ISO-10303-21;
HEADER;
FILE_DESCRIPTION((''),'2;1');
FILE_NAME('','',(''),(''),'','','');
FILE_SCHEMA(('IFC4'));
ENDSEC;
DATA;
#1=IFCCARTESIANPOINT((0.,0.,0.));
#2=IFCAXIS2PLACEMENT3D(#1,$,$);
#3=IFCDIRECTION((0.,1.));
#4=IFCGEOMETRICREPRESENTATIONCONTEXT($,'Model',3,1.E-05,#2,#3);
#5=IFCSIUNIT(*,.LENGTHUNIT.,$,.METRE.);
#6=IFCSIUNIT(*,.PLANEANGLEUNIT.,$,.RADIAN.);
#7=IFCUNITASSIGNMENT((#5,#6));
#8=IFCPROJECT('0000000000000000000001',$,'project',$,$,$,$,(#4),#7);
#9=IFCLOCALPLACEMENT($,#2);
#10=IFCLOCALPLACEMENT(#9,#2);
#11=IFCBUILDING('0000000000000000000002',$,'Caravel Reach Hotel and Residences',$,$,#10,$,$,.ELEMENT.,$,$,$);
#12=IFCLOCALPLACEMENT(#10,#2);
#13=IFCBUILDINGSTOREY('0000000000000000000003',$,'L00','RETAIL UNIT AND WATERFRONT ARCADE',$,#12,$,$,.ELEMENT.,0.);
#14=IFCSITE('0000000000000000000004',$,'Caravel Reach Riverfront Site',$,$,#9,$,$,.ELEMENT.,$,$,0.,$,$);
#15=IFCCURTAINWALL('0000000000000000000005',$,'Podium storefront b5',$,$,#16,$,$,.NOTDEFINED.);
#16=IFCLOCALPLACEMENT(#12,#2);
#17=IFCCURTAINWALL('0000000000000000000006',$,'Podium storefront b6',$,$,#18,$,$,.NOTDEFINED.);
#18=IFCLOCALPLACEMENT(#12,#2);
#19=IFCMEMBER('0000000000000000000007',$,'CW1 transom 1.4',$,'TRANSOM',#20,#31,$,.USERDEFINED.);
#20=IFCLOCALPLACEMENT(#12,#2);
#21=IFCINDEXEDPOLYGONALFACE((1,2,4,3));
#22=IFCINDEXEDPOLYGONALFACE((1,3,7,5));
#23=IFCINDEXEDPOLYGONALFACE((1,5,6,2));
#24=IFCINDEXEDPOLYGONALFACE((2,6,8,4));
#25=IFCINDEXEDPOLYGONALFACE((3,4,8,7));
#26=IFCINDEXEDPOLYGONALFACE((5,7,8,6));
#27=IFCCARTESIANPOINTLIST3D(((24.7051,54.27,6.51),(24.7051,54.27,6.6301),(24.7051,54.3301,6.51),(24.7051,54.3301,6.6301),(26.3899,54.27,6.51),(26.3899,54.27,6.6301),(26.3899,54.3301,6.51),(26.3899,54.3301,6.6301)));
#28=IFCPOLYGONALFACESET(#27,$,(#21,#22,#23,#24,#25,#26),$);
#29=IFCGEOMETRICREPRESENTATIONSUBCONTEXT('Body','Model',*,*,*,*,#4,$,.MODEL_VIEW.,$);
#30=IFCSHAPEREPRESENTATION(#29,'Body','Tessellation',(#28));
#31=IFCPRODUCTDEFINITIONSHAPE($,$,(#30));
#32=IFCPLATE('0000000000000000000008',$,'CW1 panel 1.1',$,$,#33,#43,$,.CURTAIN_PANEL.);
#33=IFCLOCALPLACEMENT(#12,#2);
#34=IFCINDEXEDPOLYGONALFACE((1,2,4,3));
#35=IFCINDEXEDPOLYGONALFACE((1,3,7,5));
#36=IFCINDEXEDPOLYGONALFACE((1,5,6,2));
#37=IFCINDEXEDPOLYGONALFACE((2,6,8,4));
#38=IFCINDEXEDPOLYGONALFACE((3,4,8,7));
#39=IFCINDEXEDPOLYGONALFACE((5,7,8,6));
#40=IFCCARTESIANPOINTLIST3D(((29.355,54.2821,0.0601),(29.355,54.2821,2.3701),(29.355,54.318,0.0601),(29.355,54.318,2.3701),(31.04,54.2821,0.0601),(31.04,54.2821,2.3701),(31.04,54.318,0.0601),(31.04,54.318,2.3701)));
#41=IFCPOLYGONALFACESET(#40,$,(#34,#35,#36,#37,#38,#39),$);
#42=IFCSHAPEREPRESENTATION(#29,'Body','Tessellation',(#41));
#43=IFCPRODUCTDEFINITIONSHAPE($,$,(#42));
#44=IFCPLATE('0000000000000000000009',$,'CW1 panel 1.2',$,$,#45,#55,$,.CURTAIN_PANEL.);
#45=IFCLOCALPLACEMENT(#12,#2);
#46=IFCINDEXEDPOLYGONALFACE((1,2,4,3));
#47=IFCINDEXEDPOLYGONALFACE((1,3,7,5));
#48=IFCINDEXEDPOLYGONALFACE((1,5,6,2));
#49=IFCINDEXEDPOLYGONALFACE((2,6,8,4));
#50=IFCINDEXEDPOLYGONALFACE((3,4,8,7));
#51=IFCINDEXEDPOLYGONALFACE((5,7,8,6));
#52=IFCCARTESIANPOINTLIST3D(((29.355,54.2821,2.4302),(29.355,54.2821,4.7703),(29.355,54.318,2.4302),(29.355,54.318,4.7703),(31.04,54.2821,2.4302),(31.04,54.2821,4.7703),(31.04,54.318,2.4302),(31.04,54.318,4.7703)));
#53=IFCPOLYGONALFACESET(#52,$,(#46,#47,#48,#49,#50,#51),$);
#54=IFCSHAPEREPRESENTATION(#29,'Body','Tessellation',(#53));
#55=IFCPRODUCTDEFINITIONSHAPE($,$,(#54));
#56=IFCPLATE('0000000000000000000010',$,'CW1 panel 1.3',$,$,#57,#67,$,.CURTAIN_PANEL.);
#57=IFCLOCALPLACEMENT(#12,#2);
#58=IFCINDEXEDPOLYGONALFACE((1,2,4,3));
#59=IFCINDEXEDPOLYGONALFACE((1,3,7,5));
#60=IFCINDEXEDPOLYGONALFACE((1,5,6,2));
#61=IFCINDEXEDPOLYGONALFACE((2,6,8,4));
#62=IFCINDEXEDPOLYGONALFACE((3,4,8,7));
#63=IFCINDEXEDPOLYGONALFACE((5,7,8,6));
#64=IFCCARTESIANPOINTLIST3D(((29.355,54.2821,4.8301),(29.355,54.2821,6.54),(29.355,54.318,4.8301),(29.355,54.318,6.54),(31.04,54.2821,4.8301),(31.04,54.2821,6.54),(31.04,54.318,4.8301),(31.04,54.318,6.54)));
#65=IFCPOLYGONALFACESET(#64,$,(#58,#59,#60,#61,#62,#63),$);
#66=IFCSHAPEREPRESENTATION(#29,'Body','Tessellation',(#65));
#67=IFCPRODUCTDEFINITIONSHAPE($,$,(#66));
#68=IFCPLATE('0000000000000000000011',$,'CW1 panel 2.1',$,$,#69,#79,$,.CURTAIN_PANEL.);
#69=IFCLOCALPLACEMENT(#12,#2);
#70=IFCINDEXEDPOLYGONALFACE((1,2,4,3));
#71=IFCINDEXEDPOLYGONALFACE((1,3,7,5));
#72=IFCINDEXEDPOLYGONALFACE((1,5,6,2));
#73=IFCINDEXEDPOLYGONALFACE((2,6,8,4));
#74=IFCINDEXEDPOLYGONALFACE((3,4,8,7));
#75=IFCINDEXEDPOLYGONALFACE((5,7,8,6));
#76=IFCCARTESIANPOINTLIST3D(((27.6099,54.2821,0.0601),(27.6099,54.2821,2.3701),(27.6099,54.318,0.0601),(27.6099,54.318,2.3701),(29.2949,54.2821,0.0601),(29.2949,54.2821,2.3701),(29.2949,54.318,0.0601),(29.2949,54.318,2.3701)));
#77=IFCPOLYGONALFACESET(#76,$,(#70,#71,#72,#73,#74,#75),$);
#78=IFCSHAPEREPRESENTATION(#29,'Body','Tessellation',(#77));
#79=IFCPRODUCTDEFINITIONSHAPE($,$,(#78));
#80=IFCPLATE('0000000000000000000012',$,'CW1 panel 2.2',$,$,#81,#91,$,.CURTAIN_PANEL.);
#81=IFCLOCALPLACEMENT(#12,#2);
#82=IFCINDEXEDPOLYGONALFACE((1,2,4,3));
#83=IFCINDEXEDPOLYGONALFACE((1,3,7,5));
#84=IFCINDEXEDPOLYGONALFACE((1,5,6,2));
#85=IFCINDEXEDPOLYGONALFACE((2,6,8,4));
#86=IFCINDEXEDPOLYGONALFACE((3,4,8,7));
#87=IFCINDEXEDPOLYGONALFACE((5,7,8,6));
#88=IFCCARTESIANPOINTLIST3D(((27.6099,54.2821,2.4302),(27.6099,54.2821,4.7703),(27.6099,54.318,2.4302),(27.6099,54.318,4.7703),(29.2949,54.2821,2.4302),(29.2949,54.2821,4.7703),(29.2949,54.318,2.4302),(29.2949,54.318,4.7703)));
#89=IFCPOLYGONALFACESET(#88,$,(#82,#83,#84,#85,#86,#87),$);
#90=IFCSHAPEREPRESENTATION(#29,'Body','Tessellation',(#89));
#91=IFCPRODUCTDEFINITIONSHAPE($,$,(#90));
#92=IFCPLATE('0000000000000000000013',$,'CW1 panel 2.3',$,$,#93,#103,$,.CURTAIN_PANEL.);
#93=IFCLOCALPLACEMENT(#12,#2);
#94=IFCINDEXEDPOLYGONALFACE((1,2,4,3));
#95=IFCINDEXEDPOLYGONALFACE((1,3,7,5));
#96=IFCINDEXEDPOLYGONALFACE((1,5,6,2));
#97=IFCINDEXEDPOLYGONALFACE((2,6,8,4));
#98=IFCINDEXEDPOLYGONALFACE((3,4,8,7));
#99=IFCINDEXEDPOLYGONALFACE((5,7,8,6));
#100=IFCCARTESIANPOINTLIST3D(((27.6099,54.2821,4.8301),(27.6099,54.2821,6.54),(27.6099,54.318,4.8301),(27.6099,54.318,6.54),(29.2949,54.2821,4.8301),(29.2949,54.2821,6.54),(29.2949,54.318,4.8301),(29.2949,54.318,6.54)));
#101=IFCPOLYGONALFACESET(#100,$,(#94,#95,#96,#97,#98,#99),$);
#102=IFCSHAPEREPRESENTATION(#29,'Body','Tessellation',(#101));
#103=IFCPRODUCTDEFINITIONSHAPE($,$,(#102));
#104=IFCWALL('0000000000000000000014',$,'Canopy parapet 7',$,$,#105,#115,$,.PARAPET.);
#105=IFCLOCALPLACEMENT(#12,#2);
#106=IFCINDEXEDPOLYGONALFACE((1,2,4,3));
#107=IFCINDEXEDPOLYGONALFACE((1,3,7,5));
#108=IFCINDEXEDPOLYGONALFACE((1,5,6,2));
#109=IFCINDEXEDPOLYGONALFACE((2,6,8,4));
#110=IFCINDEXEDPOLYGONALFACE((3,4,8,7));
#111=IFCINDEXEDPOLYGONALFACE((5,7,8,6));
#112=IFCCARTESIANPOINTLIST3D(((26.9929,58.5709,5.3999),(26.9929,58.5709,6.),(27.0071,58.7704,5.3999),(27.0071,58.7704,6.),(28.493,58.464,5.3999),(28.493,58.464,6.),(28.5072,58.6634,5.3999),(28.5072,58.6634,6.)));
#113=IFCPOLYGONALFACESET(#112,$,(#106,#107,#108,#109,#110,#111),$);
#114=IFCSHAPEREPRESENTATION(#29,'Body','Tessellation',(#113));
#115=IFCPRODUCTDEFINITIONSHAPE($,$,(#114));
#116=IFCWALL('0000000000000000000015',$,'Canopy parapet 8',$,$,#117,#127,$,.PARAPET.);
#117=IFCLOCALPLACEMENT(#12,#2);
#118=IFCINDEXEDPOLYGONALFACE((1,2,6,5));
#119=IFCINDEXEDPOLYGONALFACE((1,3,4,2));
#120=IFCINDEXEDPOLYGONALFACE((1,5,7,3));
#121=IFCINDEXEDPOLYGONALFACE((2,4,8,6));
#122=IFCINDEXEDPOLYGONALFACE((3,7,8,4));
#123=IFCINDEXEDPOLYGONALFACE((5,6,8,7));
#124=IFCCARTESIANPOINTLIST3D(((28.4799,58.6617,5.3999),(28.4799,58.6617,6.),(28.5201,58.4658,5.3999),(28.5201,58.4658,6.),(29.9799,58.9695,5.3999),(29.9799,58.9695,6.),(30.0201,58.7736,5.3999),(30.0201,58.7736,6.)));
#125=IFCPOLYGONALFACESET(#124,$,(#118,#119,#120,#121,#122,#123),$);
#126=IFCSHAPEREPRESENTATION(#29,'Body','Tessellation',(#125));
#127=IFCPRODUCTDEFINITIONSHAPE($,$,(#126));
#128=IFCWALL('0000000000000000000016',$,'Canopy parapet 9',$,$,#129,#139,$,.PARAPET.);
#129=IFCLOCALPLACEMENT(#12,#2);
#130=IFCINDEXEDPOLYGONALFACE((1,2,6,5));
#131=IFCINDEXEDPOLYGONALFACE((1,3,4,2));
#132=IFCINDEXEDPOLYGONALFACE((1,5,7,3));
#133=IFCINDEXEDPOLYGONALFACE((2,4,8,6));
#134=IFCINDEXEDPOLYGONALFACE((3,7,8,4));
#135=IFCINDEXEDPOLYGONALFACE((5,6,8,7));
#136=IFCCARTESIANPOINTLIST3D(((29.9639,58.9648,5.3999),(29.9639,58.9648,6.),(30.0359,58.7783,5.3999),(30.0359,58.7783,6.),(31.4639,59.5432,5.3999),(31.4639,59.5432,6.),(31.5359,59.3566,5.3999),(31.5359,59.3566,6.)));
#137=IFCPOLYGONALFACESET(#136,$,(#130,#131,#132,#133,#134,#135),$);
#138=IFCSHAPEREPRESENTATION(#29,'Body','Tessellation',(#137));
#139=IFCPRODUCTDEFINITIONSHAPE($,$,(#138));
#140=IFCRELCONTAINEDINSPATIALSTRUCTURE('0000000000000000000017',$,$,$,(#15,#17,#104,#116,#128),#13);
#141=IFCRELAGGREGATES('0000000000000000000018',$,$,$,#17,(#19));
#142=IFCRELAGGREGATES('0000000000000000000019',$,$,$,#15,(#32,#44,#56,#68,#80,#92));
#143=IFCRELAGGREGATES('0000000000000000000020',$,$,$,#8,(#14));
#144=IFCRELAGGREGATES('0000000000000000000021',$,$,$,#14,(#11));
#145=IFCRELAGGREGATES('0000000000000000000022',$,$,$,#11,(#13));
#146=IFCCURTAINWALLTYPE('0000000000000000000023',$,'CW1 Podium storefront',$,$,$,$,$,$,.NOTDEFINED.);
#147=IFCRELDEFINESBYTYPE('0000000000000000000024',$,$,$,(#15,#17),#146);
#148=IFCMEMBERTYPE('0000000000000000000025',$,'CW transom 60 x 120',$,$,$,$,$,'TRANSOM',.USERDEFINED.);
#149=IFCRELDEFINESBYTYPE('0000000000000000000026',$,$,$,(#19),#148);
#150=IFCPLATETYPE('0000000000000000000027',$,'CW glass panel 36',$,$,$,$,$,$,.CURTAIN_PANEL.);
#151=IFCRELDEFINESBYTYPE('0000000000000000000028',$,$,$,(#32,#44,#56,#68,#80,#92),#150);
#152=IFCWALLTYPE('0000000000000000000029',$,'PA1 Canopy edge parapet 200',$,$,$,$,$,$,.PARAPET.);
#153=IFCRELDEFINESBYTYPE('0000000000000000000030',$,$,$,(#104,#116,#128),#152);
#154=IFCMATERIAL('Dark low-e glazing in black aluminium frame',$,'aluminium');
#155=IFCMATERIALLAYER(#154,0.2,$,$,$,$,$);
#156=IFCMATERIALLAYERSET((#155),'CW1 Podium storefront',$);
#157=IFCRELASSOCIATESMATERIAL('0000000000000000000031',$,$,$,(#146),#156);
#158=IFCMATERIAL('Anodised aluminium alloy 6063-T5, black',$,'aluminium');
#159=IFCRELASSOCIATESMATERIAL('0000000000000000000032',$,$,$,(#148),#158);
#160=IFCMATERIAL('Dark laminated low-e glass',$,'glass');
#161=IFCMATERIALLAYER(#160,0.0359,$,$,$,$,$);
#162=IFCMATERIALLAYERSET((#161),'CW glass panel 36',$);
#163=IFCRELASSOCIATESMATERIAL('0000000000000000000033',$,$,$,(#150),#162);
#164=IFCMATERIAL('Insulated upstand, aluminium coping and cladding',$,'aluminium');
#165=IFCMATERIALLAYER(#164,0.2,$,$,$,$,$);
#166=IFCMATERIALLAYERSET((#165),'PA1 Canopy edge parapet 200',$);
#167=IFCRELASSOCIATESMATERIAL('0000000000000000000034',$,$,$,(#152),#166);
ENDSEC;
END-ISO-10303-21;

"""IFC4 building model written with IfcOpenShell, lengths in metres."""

from ifc_helpers import new_model, si_unit, direction, frame, frame_2d, origin, origin_2d, place, context, subcontext, project, spatial, rectangle, extrude, material, layer, layer_set, material_profile, profile_set, type_object, element, aggregate, save


model = new_model("IFC4")

# Units and contexts
model_context = context("Model", 3, precision=1e-05, world=origin(), true_north=direction((0.0, 1.0)))
body_context = subcontext(model_context, "Body", "Model", "MODEL_VIEW")
ifc_project = project(units=[si_unit("LENGTHUNIT", "METRE"), si_unit("PLANEANGLEUNIT", "RADIAN")], contexts=[model_context])

# Site, building, storey
site_placement = place(None, origin())
site = spatial("IfcSite", under=ifc_project, at=site_placement, Name="Caravel Reach Riverfront Site", CompositionType="ELEMENT", RefElevation=0.0)
building_placement = place(site_placement, origin())
building = spatial("IfcBuilding", under=site, at=building_placement, Name="Caravel Reach Hotel and Residences", CompositionType="ELEMENT")
storey_placement = place(building_placement, origin())
storey = spatial("IfcBuildingStorey", under=building, at=storey_placement, Name="L00", Description="RETAIL UNIT AND WATERFRONT ARCADE", CompositionType="ELEMENT", Elevation=0.0)

# Curtain wall
ifc_material_1 = material(Name="Dark low-e glazing in black aluminium frame", Category="aluminium")
ifc_layer_1 = layer(ifc_material_1, 0.2)
ifc_layer_set_1 = layer_set([ifc_layer_1], Name="CW1 Podium storefront")
curtain_wall_type = type_object("IfcCurtainWallType", Name="CW1 Podium storefront", PredefinedType="NOTDEFINED", material=ifc_layer_set_1)
curtain_wall_1_placement = place(storey_placement, origin())
curtain_wall_1 = element("IfcCurtainWall", 1, at=curtain_wall_1_placement, inside=storey, type_object=curtain_wall_type, Name="Podium storefront b5", PredefinedType="NOTDEFINED")

# Curtain wall
curtain_wall_2_placement = place(storey_placement, origin())
curtain_wall_2 = element("IfcCurtainWall", 2, at=curtain_wall_2_placement, inside=storey, type_object=curtain_wall_type, Name="Podium storefront b6", PredefinedType="NOTDEFINED")

# Member
ifc_material_2 = material(Name="Anodised aluminium alloy 6063-T5, black", Category="aluminium")
ifc_material_profile_1 = material_profile(ifc_material_2, rectangle(XDim=0.0601, YDim=0.1201, at=origin_2d()), Name="CW transom 60 x 120")
ifc_profile_set_1 = profile_set([ifc_material_profile_1], Name="Anodised aluminium alloy 6063-T5, black")
member_type_1 = type_object("IfcMemberType", Name="CW transom 60 x 120", ElementType="TRANSOM", PredefinedType="USERDEFINED", material=ifc_profile_set_1)
member_1_placement = place(storey_placement, frame((26.3899, 54.3, 6.5701), z_axis=(-1.0, 0.0, 0.0), x_axis=(0.0, -1.0, 0.0)))
member_1 = element("IfcMember", 3, at=member_1_placement, type_object=member_type_1, Name="CW1 transom 1.4", ObjectType="TRANSOM", PredefinedType="USERDEFINED", context=body_context, shape_type="SweptSolid", body=[
    extrude(rectangle(XDim=0.0601, YDim=0.1201, at=origin_2d()), origin(), (0.0, 0.0, 1.0), 1.6848),
])
aggregate(curtain_wall_2, [member_1])

# Plates
ifc_material_3 = material(Name="Dark laminated low-e glass", Category="glass")
ifc_layer_2 = layer(ifc_material_3, 0.0359)
ifc_layer_set_2 = layer_set([ifc_layer_2], Name="CW glass panel 36")
plate_type = type_object("IfcPlateType", Name="CW glass panel 36", PredefinedType="CURTAIN_PANEL", material=ifc_layer_set_2)
plate_1_placement = place(storey_placement, frame((30.1975, 54.3, 0.0601), z_axis=(0.0, 0.0, 1.0), x_axis=(-1.0, 0.0, 0.0)))
plate_1 = element("IfcPlate", 4, at=plate_1_placement, type_object=plate_type, Name="CW1 panel 1.1", PredefinedType="CURTAIN_PANEL", context=body_context, shape_type="SweptSolid", body=[
    extrude(rectangle(XDim=1.6851, YDim=0.0359, at=origin_2d()), origin(), (0.0, 0.0, 1.0), 2.3101),
])
plate_2_placement = place(storey_placement, frame((30.1975, 54.3, 2.4302), z_axis=(0.0, 0.0, 1.0), x_axis=(-1.0, 0.0, 0.0)))
plate_2 = element("IfcPlate", 5, at=plate_2_placement, type_object=plate_type, Name="CW1 panel 1.2", PredefinedType="CURTAIN_PANEL", context=body_context, shape_type="SweptSolid", body=[
    extrude(rectangle(XDim=1.6851, YDim=0.0359, at=origin_2d()), origin(), (0.0, 0.0, 1.0), 2.3401),
])
plate_3_placement = place(storey_placement, frame((30.1975, 54.3, 4.8301), z_axis=(0.0, 0.0, 1.0), x_axis=(-1.0, 0.0, 0.0)))
plate_3 = element("IfcPlate", 6, at=plate_3_placement, type_object=plate_type, Name="CW1 panel 1.3", PredefinedType="CURTAIN_PANEL", context=body_context, shape_type="SweptSolid", body=[
    extrude(rectangle(XDim=1.6851, YDim=0.0359, at=origin_2d()), origin(), (0.0, 0.0, 1.0), 1.71),
])
plate_4_placement = place(storey_placement, frame((28.4524, 54.3, 0.0601), z_axis=(0.0, 0.0, 1.0), x_axis=(-1.0, 0.0, 0.0)))
plate_4 = element("IfcPlate", 7, at=plate_4_placement, type_object=plate_type, Name="CW1 panel 2.1", PredefinedType="CURTAIN_PANEL", context=body_context, shape_type="SweptSolid", body=[
    extrude(rectangle(XDim=1.6851, YDim=0.0359, at=origin_2d()), origin(), (0.0, 0.0, 1.0), 2.3101),
])
plate_5_placement = place(storey_placement, frame((28.4524, 54.3, 2.4302), z_axis=(0.0, 0.0, 1.0), x_axis=(-1.0, 0.0, 0.0)))
plate_5 = element("IfcPlate", 8, at=plate_5_placement, type_object=plate_type, Name="CW1 panel 2.2", PredefinedType="CURTAIN_PANEL", context=body_context, shape_type="SweptSolid", body=[
    extrude(rectangle(XDim=1.6851, YDim=0.0359, at=origin_2d()), origin(), (0.0, 0.0, 1.0), 2.3401),
])
plate_6_placement = place(storey_placement, frame((28.4524, 54.3, 4.8301), z_axis=(0.0, 0.0, 1.0), x_axis=(-1.0, 0.0, 0.0)))
plate_6 = element("IfcPlate", 9, at=plate_6_placement, type_object=plate_type, Name="CW1 panel 2.3", PredefinedType="CURTAIN_PANEL", context=body_context, shape_type="SweptSolid", body=[
    extrude(rectangle(XDim=1.6851, YDim=0.0359, at=origin_2d()), origin(), (0.0, 0.0, 1.0), 1.71),
])
aggregate(curtain_wall_1, [plate_1, plate_2, plate_3, plate_4, plate_5, plate_6])

# Walls
ifc_material_4 = material(Name="Insulated upstand, aluminium coping and cladding", Category="aluminium")
ifc_layer_3 = layer(ifc_material_4, 0.2)
ifc_layer_set_3 = layer_set([ifc_layer_3], Name="PA1 Canopy edge parapet 200")
wall_type = type_object("IfcWallType", Name="PA1 Canopy edge parapet 200", PredefinedType="PARAPET", material=ifc_layer_set_3)
wall_1_placement = place(storey_placement, frame((27.0, 58.6707, 5.3999), z_axis=(0.0, 0.0, 1.0), x_axis=(0.997469, -0.071109, 0.0)))
element("IfcWall", 10, at=wall_1_placement, inside=storey, type_object=wall_type, Name="Canopy parapet 7", PredefinedType="PARAPET", context=body_context, shape_type="SweptSolid", body=[
    extrude(rectangle(XDim=1.5039, YDim=0.2, at=frame_2d((0.752, 0.0))), origin(), (0.0, 0.0, 1.0), 0.6001),
])
wall_2_placement = place(storey_placement, frame((28.5, 58.5637, 5.3999), z_axis=(0.0, 0.0, 1.0), x_axis=(0.979581, 0.20105, 0.0)))
element("IfcWall", 11, at=wall_2_placement, inside=storey, type_object=wall_type, Name="Canopy parapet 8", PredefinedType="PARAPET", context=body_context, shape_type="SweptSolid", body=[
    extrude(rectangle(XDim=1.5312, YDim=0.2, at=frame_2d((0.7656, 0.0))), origin(), (0.0, 0.0, 1.0), 0.6001),
])
wall_3_placement = place(storey_placement, frame((30.0, 58.8716, 5.3999), z_axis=(0.0, 0.0, 1.0), x_axis=(0.933044, 0.359763, 0.0)))
element("IfcWall", 12, at=wall_3_placement, inside=storey, type_object=wall_type, Name="Canopy parapet 9", PredefinedType="PARAPET", context=body_context, shape_type="SweptSolid", body=[
    extrude(rectangle(XDim=1.6077, YDim=0.2, at=frame_2d((0.8037, 0.0))), origin(), (0.0, 0.0, 1.0), 0.6001),
])

save(model, "model.ifc")
